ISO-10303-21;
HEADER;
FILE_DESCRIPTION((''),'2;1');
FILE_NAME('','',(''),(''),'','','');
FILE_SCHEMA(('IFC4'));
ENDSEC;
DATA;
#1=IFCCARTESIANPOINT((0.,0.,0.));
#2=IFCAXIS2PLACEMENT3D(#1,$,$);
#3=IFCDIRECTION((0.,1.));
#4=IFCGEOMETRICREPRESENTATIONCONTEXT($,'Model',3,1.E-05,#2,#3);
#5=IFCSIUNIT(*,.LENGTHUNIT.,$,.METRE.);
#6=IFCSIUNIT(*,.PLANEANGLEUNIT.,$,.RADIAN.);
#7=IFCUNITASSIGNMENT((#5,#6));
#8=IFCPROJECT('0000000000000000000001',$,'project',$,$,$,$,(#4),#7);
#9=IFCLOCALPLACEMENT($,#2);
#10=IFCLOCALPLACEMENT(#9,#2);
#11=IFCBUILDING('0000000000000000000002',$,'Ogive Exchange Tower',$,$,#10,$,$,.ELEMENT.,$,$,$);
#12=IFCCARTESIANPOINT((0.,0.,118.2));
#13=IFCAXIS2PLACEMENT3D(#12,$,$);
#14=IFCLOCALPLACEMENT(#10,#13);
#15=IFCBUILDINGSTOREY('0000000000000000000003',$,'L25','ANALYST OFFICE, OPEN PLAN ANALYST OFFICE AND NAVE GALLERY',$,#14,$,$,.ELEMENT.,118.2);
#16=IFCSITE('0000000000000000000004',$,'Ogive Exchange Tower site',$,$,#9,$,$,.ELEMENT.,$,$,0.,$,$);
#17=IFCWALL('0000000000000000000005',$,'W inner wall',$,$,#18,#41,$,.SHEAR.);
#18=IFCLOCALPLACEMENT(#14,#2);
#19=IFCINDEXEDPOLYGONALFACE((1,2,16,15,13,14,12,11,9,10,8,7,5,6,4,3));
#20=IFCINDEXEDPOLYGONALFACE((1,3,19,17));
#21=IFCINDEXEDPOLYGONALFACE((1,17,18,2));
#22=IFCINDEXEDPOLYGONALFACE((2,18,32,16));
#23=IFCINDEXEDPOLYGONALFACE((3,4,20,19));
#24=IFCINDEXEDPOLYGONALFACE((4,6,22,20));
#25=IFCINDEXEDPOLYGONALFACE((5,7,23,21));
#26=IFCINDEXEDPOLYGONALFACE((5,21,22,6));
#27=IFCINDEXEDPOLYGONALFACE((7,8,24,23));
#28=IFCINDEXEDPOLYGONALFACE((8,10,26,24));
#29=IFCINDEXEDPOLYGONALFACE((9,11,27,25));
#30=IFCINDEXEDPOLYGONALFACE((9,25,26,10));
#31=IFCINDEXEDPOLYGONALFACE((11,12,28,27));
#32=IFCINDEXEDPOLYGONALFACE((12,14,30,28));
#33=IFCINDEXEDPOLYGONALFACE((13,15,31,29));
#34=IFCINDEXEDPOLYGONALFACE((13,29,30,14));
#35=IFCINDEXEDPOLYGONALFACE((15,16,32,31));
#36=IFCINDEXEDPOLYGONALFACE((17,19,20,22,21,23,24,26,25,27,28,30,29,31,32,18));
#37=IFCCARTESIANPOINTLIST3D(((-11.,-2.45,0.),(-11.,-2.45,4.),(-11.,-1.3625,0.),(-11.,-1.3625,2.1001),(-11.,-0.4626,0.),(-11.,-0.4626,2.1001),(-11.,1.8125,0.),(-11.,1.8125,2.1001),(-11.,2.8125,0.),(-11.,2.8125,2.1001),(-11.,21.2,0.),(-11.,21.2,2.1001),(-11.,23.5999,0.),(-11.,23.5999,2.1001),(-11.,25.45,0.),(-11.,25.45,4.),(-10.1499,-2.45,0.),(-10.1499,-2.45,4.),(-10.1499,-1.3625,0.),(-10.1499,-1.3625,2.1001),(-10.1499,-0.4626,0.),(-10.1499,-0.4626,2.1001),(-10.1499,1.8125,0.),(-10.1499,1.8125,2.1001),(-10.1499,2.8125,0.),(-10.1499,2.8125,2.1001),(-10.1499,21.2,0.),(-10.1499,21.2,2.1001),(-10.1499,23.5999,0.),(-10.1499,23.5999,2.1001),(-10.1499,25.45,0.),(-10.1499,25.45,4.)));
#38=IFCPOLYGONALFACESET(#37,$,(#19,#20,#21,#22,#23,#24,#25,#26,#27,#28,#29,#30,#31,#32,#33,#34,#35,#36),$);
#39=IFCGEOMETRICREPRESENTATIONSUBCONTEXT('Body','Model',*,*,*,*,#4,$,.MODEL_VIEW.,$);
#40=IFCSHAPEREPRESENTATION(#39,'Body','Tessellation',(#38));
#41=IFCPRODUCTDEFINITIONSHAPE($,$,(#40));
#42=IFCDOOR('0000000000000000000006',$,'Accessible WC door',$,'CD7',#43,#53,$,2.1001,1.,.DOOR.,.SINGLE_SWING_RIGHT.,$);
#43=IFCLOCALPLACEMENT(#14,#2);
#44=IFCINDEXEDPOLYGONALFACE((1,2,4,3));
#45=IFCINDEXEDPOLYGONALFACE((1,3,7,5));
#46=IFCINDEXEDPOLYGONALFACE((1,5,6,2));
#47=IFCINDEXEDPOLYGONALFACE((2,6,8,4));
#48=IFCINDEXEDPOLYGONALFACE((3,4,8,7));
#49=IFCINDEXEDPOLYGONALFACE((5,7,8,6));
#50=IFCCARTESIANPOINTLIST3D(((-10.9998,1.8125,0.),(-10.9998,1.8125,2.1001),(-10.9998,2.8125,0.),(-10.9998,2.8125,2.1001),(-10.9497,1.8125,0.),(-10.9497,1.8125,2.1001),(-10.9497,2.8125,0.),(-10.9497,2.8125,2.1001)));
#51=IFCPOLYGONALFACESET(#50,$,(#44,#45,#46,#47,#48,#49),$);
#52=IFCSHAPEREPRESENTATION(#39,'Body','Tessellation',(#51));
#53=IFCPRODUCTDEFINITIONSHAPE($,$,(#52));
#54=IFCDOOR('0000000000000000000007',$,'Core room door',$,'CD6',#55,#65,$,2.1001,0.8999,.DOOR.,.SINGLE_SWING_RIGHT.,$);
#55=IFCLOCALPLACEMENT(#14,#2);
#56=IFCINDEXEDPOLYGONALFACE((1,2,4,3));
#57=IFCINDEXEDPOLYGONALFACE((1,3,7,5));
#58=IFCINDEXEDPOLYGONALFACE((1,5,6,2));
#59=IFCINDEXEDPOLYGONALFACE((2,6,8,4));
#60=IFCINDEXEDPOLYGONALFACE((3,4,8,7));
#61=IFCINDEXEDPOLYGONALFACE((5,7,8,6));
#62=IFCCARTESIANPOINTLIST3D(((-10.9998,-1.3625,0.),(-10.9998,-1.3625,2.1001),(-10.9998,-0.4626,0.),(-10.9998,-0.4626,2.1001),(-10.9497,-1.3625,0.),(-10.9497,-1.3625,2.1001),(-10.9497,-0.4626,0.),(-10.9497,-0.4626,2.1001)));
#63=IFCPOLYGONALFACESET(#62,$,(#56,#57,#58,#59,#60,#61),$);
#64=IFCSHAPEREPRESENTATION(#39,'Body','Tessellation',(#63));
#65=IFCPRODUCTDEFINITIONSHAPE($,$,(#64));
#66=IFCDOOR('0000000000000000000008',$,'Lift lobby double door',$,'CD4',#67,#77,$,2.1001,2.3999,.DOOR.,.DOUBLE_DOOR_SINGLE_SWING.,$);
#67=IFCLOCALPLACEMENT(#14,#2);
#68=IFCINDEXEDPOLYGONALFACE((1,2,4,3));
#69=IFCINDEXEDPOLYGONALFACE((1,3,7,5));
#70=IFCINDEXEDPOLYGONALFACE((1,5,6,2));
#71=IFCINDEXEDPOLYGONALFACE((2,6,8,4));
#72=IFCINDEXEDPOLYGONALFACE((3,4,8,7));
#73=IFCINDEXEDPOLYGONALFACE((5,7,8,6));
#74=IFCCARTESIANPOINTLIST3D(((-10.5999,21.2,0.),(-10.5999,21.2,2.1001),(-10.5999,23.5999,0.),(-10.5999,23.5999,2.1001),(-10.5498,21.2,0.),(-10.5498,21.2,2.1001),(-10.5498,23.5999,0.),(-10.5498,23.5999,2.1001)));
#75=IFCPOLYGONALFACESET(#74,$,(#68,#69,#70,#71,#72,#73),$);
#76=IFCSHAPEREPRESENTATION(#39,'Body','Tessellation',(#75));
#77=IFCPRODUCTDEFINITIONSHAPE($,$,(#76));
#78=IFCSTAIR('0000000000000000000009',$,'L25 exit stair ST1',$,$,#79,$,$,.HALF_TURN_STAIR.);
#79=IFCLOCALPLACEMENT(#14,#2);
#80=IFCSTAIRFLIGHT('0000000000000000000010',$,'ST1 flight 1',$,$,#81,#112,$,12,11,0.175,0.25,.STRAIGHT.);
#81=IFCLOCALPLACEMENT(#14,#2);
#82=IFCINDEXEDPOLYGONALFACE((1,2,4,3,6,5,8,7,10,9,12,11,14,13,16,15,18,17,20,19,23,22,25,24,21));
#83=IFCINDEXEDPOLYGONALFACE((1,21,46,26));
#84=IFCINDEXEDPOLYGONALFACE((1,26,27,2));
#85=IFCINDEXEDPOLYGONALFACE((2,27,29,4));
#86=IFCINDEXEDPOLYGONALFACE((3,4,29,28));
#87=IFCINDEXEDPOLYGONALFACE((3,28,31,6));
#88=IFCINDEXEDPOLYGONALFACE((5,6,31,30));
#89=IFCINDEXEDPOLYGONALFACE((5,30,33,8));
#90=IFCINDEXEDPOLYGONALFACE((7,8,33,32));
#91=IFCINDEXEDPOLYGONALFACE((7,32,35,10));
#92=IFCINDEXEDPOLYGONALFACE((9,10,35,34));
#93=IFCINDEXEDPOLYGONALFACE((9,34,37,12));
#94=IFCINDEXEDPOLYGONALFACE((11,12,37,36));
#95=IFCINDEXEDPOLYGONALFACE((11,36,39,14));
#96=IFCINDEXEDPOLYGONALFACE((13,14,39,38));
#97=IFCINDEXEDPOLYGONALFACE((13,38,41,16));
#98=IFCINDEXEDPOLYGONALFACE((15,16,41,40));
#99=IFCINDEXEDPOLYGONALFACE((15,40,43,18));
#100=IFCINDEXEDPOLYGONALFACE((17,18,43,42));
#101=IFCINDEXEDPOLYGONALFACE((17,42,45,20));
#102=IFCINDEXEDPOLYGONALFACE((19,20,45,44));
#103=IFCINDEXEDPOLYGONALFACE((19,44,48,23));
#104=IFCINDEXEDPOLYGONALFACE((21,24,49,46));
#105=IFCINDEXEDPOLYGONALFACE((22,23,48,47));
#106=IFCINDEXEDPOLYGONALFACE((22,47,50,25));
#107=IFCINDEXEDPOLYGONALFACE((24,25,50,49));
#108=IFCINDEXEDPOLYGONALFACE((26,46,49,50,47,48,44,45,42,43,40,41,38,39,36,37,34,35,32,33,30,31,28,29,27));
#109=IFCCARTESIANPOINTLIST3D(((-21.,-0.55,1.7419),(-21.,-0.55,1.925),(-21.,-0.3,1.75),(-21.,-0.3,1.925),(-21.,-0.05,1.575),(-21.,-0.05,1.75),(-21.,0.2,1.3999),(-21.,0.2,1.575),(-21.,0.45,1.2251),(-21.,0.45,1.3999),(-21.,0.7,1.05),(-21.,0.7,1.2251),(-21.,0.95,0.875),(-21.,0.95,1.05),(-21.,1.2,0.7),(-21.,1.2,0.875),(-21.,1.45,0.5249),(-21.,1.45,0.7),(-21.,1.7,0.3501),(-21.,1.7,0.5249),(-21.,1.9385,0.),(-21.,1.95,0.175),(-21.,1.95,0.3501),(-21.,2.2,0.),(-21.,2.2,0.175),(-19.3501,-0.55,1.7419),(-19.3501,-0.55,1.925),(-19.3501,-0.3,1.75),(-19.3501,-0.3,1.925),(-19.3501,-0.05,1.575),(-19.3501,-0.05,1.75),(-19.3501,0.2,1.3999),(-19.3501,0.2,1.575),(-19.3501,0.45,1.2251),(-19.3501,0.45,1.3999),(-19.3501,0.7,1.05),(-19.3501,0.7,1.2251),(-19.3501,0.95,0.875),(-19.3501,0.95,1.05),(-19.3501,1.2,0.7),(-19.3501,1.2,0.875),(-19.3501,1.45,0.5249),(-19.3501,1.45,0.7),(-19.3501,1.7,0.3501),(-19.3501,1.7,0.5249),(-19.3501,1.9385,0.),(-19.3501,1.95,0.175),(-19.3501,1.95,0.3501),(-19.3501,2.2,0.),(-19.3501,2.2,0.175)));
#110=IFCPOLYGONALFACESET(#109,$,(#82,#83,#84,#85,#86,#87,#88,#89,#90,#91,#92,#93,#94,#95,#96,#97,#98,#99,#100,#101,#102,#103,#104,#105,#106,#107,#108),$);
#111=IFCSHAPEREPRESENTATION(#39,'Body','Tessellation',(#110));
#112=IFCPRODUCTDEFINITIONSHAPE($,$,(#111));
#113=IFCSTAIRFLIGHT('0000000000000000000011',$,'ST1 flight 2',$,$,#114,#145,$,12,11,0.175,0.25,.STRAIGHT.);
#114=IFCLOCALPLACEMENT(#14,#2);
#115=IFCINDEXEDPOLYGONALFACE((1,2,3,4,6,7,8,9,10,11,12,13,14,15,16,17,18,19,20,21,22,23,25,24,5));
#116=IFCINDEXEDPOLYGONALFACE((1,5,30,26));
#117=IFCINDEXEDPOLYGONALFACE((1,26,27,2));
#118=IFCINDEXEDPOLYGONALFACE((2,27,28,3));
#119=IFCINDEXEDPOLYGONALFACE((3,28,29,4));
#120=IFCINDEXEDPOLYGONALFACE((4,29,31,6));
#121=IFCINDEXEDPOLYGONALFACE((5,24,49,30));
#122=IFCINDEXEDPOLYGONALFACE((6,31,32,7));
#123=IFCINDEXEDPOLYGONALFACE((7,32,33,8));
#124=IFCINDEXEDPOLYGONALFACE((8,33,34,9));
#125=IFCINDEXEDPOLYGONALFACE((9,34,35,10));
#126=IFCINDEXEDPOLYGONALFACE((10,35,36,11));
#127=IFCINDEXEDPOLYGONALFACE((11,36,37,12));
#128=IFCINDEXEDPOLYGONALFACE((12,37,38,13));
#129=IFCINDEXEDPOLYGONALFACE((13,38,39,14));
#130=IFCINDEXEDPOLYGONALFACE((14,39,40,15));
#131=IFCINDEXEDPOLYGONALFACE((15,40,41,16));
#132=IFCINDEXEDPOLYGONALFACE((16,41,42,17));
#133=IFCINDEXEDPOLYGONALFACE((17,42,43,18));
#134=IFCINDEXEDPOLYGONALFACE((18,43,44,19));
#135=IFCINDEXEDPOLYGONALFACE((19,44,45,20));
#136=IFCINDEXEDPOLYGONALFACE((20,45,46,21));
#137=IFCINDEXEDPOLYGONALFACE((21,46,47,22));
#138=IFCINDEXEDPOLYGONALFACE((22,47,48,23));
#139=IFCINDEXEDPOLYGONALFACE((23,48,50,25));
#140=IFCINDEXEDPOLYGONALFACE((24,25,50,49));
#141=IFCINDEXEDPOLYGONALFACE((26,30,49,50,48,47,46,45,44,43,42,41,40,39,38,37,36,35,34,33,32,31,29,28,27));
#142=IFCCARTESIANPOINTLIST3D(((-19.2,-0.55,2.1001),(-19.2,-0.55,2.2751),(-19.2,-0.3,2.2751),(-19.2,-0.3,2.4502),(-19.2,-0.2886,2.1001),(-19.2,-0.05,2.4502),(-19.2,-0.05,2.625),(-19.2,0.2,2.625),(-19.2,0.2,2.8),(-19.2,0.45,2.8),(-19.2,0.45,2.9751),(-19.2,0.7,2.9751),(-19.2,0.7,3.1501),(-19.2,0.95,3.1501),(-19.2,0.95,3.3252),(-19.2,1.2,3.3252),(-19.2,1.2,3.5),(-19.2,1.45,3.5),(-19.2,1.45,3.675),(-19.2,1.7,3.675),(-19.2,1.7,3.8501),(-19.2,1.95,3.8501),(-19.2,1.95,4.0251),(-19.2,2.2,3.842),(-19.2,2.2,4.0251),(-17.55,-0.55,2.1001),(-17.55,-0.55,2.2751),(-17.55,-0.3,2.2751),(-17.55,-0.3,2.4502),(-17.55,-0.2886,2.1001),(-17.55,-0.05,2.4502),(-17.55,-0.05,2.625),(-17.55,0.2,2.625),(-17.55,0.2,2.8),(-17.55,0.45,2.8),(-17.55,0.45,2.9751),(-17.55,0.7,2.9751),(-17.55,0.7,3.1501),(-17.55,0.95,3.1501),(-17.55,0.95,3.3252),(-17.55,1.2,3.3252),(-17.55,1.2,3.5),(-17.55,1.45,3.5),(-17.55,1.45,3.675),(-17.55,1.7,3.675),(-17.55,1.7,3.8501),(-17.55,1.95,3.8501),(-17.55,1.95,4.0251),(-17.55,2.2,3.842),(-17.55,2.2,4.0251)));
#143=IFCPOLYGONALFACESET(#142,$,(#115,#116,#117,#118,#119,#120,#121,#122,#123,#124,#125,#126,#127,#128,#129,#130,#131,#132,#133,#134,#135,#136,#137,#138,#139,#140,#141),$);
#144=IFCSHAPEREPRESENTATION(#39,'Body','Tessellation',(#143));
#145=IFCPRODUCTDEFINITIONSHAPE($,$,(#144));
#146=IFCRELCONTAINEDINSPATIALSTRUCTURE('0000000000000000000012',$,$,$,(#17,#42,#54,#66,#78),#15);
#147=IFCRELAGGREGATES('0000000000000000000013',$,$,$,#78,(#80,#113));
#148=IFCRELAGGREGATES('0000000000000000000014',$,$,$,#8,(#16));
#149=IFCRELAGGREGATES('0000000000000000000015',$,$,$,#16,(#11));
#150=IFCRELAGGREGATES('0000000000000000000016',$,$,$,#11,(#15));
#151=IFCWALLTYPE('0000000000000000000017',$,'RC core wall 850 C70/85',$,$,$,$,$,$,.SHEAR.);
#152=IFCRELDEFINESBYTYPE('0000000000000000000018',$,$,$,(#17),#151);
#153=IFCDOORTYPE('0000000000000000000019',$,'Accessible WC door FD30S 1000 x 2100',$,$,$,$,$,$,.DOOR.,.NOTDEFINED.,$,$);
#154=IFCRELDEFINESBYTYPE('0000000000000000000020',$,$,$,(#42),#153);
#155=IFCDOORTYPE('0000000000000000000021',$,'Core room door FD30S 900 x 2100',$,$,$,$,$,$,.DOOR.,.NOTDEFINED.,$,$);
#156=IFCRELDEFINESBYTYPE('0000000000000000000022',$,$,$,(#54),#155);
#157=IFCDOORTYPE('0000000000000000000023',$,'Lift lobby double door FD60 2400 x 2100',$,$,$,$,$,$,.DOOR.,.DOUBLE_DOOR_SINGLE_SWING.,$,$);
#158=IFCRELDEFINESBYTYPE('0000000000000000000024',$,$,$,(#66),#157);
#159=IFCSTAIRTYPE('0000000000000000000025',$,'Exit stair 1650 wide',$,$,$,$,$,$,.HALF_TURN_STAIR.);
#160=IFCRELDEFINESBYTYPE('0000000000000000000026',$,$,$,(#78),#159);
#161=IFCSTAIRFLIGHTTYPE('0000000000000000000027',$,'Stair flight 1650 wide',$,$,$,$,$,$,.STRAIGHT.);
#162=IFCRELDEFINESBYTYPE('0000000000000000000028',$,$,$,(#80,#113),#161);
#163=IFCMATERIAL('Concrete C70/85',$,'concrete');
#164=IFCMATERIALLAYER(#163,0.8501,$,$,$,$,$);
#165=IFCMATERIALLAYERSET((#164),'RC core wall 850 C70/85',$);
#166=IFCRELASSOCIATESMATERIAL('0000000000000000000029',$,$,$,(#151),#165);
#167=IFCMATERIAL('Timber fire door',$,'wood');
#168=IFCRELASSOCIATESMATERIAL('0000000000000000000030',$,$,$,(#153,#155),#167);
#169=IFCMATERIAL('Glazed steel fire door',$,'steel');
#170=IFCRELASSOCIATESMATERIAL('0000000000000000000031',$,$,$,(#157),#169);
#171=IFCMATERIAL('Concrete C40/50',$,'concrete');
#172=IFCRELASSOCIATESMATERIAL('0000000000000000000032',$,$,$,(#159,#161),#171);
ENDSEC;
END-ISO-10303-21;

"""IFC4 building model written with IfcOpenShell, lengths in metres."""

from ifc_helpers import new_model, si_unit, direction, frame, frame_2d, origin, place, context, subcontext, project, spatial, polyline, rectangle, outline, extrude, material, layer, layer_set, type_object, element, fill, aggregate, save


model = new_model("IFC4")

# Units and contexts
model_context = context("Model", 3, precision=1e-05, world=origin(), true_north=direction((0.0, 1.0)))
body_context = subcontext(model_context, "Body", "Model", "MODEL_VIEW")
ifc_project = project(units=[si_unit("LENGTHUNIT", "METRE"), si_unit("PLANEANGLEUNIT", "RADIAN")], contexts=[model_context])

# Site, building, storey
site_placement = place(None, origin())
site = spatial("IfcSite", under=ifc_project, at=site_placement, Name="Ogive Exchange Tower site", CompositionType="ELEMENT", RefElevation=0.0)
building_placement = place(site_placement, origin())
building = spatial("IfcBuilding", under=site, at=building_placement, Name="Ogive Exchange Tower", CompositionType="ELEMENT")
storey_placement = place(building_placement, frame((0.0, 0.0, 118.2)))
storey = spatial("IfcBuildingStorey", under=building, at=storey_placement, Name="L25", Description="ANALYST OFFICE, OPEN PLAN ANALYST OFFICE AND NAVE GALLERY", CompositionType="ELEMENT", Elevation=118.2)

# Shared definitions
ifc_material_1 = material(Name="Concrete C70/85", Category="concrete")

# Wall, openings, doors
ifc_layer_1 = layer(ifc_material_1, 0.8501)
ifc_layer_set_1 = layer_set([ifc_layer_1], Name="RC core wall 850 C70/85")
wall_type_1 = type_object("IfcWallType", Name="RC core wall 850 C70/85", PredefinedType="SHEAR", material=ifc_layer_set_1)
wall_1_placement = place(storey_placement, frame((-10.575, -2.45, 0.0), z_axis=(0.0, 0.0, 1.0), x_axis=(0.0, 1.0, 0.0)))
wall_1 = element("IfcWall", 1, at=wall_1_placement, inside=storey, type_object=wall_type_1, Name="W inner wall", PredefinedType="SHEAR", context=body_context, shape_type="SweptSolid", body=[
    extrude(rectangle(XDim=27.8999, YDim=0.8501, at=frame_2d((13.95, 0.0))), origin(), (0.0, 0.0, 1.0), 4.0),
])
opening_1_placement = place(wall_1_placement, frame((23.6499, 0.0, 0.0)))
opening_1 = element("IfcOpeningElement", 2, at=opening_1_placement, cuts=wall_1, PredefinedType="OPENING", context=body_context, shape_type="SweptSolid", body=[
    extrude(rectangle(XDim=2.3999, YDim=2.1001, at=frame_2d((1.2, 1.05))), frame((0.0, 0.4351, 0.0), z_axis=(0.0, -1.0, 0.0), x_axis=(1.0, 0.0, 0.0)), (0.0, 0.0, 1.0), 0.8701),
])
opening_2_placement = place(wall_1_placement, frame((1.0874, 0.0, 0.0)))
opening_2 = element("IfcOpeningElement", 3, at=opening_2_placement, cuts=wall_1, PredefinedType="OPENING", context=body_context, shape_type="SweptSolid", body=[
    extrude(rectangle(XDim=0.8999, YDim=2.1001, at=frame_2d((0.45, 1.05))), frame((0.0, 0.4351, 0.0), z_axis=(0.0, -1.0, 0.0), x_axis=(1.0, 0.0, 0.0)), (0.0, 0.0, 1.0), 0.8701),
])
opening_3_placement = place(wall_1_placement, frame((4.2625, 0.0, 0.0)))
opening_3 = element("IfcOpeningElement", 4, at=opening_3_placement, cuts=wall_1, PredefinedType="OPENING", context=body_context, shape_type="SweptSolid", body=[
    extrude(rectangle(XDim=1.0, YDim=2.1001, at=frame_2d((0.5, 1.05))), frame((0.0, 0.4351, 0.0), z_axis=(0.0, -1.0, 0.0), x_axis=(1.0, 0.0, 0.0)), (0.0, 0.0, 1.0), 0.8701),
])
ifc_material_2 = material(Name="Timber fire door", Category="wood")
door_type_1 = type_object("IfcDoorType", Name="Accessible WC door FD30S 1000 x 2100", OperationType="NOTDEFINED", PredefinedType="DOOR", material=ifc_material_2)
door_1_placement = place(opening_3_placement, origin())
door_1 = element("IfcDoor", 5, at=door_1_placement, inside=storey, type_object=door_type_1, Name="Accessible WC door", ObjectType="CD7", OperationType="SINGLE_SWING_RIGHT", OverallHeight=2.1001, OverallWidth=1.0, PredefinedType="DOOR", context=body_context, shape_type="SweptSolid", body=[
    extrude(rectangle(XDim=1.0, YDim=2.1001, at=frame_2d((0.5, 1.05))), frame((0.0, 0.4248, 0.0), z_axis=(0.0, -1.0, 0.0), x_axis=(1.0, 0.0, 0.0)), (0.0, 0.0, 1.0), 0.05),
])
fill(opening_3, door_1)
door_type_2 = type_object("IfcDoorType", Name="Core room door FD30S 900 x 2100", OperationType="NOTDEFINED", PredefinedType="DOOR", material=ifc_material_2)
door_2_placement = place(opening_2_placement, origin())
door_2 = element("IfcDoor", 6, at=door_2_placement, inside=storey, type_object=door_type_2, Name="Core room door", ObjectType="CD6", OperationType="SINGLE_SWING_RIGHT", OverallHeight=2.1001, OverallWidth=0.8999, PredefinedType="DOOR", context=body_context, shape_type="SweptSolid", body=[
    extrude(rectangle(XDim=0.8999, YDim=2.1001, at=frame_2d((0.45, 1.05))), frame((0.0, 0.4248, 0.0), z_axis=(0.0, -1.0, 0.0), x_axis=(1.0, 0.0, 0.0)), (0.0, 0.0, 1.0), 0.05),
])
fill(opening_2, door_2)
ifc_material_3 = material(Name="Glazed steel fire door", Category="steel")
door_type_3 = type_object("IfcDoorType", Name="Lift lobby double door FD60 2400 x 2100", OperationType="DOUBLE_DOOR_SINGLE_SWING", PredefinedType="DOOR", material=ifc_material_3)
door_3_placement = place(opening_1_placement, origin())
door_3 = element("IfcDoor", 7, at=door_3_placement, inside=storey, type_object=door_type_3, Name="Lift lobby double door", ObjectType="CD4", OperationType="DOUBLE_DOOR_SINGLE_SWING", OverallHeight=2.1001, OverallWidth=2.3999, PredefinedType="DOOR", context=body_context, shape_type="SweptSolid", body=[
    extrude(rectangle(XDim=2.3999, YDim=2.1001, at=frame_2d((1.2, 1.05))), frame((0.0, 0.0249, 0.0), z_axis=(0.0, -1.0, 0.0), x_axis=(1.0, 0.0, 0.0)), (0.0, 0.0, 1.0), 0.05),
])
fill(opening_1, door_3)

# Stair, stair flights
ifc_material_4 = material(Name="Concrete C40/50", Category="concrete")
stair_type = type_object("IfcStairType", Name="Exit stair 1650 wide", PredefinedType="HALF_TURN_STAIR", material=ifc_material_4)
stair_placement = place(storey_placement, origin())
stair = element("IfcStair", 8, at=stair_placement, inside=storey, type_object=stair_type, Name="L25 exit stair ST1", PredefinedType="HALF_TURN_STAIR")
stair_flight_type = type_object("IfcStairFlightType", Name="Stair flight 1650 wide", PredefinedType="STRAIGHT", material=ifc_material_4)
stair_flight_1_placement = place(storey_placement, frame((-20.175, 2.2, 0.0), z_axis=(0.0, 0.0, 1.0), x_axis=(0.0, -1.0, 0.0)))
stair_flight_1 = element("IfcStairFlight", 9, at=stair_flight_1_placement, type_object=stair_flight_type, Name="ST1 flight 1", NumberOfRisers=12, NumberOfTreads=11, PredefinedType="STRAIGHT", RiserHeight=0.175, TreadLength=0.25, context=body_context, shape_type="SweptSolid", body=[
    extrude(outline(polyline([(0.0, 0.0), (0.0, 0.175), (0.25, 0.175), (0.25, 0.3501), (0.5, 0.3501), (0.5, 0.5249), (0.75, 0.5249), (0.75, 0.7), (1.0, 0.7), (1.0, 0.875), (1.25, 0.875), (1.25, 1.05), (1.5, 1.05), (1.5, 1.2251), (1.75, 1.2251), (1.75, 1.3999), (2.0, 1.3999), (2.0, 1.575), (2.25, 1.575), (2.25, 1.75), (2.5, 1.75), (2.5, 1.925), (2.75, 1.925), (2.75, 2.1001), (2.75, 1.7419), (0.2615, 0.0), (0.0, 0.0)])), frame((0.0, 0.825, 0.0), z_axis=(0.0, -1.0, 0.0), x_axis=(1.0, 0.0, 0.0)), (0.0, 0.0, 1.0), 1.6499),
])
stair_flight_2_placement = place(storey_placement, frame((-18.375, -0.55, 2.1001), z_axis=(0.0, 0.0, 1.0), x_axis=(0.0, 1.0, 0.0)))
stair_flight_2 = element("IfcStairFlight", 10, at=stair_flight_2_placement, type_object=stair_flight_type, Name="ST1 flight 2", NumberOfRisers=12, NumberOfTreads=11, PredefinedType="STRAIGHT", RiserHeight=0.175, TreadLength=0.25, context=body_context, shape_type="SweptSolid", body=[
    extrude(outline(polyline([(0.0, 0.0), (0.0, 0.175), (0.25, 0.175), (0.25, 0.3501), (0.5, 0.3501), (0.5, 0.5249), (0.75, 0.5249), (0.75, 0.7), (1.0, 0.7), (1.0, 0.875), (1.25, 0.875), (1.25, 1.05), (1.5, 1.05), (1.5, 1.2251), (1.75, 1.2251), (1.75, 1.3999), (2.0, 1.3999), (2.0, 1.575), (2.25, 1.575), (2.25, 1.75), (2.5, 1.75), (2.5, 1.925), (2.75, 1.925), (2.75, 2.1001), (2.75, 1.7419), (0.2615, 0.0), (0.0, 0.0)])), frame((0.0, 0.825, 0.0), z_axis=(0.0, -1.0, 0.0), x_axis=(1.0, 0.0, 0.0)), (0.0, 0.0, 1.0), 1.6499),
])
aggregate(stair, [stair_flight_1, stair_flight_2])

save(model, "model.ifc")
